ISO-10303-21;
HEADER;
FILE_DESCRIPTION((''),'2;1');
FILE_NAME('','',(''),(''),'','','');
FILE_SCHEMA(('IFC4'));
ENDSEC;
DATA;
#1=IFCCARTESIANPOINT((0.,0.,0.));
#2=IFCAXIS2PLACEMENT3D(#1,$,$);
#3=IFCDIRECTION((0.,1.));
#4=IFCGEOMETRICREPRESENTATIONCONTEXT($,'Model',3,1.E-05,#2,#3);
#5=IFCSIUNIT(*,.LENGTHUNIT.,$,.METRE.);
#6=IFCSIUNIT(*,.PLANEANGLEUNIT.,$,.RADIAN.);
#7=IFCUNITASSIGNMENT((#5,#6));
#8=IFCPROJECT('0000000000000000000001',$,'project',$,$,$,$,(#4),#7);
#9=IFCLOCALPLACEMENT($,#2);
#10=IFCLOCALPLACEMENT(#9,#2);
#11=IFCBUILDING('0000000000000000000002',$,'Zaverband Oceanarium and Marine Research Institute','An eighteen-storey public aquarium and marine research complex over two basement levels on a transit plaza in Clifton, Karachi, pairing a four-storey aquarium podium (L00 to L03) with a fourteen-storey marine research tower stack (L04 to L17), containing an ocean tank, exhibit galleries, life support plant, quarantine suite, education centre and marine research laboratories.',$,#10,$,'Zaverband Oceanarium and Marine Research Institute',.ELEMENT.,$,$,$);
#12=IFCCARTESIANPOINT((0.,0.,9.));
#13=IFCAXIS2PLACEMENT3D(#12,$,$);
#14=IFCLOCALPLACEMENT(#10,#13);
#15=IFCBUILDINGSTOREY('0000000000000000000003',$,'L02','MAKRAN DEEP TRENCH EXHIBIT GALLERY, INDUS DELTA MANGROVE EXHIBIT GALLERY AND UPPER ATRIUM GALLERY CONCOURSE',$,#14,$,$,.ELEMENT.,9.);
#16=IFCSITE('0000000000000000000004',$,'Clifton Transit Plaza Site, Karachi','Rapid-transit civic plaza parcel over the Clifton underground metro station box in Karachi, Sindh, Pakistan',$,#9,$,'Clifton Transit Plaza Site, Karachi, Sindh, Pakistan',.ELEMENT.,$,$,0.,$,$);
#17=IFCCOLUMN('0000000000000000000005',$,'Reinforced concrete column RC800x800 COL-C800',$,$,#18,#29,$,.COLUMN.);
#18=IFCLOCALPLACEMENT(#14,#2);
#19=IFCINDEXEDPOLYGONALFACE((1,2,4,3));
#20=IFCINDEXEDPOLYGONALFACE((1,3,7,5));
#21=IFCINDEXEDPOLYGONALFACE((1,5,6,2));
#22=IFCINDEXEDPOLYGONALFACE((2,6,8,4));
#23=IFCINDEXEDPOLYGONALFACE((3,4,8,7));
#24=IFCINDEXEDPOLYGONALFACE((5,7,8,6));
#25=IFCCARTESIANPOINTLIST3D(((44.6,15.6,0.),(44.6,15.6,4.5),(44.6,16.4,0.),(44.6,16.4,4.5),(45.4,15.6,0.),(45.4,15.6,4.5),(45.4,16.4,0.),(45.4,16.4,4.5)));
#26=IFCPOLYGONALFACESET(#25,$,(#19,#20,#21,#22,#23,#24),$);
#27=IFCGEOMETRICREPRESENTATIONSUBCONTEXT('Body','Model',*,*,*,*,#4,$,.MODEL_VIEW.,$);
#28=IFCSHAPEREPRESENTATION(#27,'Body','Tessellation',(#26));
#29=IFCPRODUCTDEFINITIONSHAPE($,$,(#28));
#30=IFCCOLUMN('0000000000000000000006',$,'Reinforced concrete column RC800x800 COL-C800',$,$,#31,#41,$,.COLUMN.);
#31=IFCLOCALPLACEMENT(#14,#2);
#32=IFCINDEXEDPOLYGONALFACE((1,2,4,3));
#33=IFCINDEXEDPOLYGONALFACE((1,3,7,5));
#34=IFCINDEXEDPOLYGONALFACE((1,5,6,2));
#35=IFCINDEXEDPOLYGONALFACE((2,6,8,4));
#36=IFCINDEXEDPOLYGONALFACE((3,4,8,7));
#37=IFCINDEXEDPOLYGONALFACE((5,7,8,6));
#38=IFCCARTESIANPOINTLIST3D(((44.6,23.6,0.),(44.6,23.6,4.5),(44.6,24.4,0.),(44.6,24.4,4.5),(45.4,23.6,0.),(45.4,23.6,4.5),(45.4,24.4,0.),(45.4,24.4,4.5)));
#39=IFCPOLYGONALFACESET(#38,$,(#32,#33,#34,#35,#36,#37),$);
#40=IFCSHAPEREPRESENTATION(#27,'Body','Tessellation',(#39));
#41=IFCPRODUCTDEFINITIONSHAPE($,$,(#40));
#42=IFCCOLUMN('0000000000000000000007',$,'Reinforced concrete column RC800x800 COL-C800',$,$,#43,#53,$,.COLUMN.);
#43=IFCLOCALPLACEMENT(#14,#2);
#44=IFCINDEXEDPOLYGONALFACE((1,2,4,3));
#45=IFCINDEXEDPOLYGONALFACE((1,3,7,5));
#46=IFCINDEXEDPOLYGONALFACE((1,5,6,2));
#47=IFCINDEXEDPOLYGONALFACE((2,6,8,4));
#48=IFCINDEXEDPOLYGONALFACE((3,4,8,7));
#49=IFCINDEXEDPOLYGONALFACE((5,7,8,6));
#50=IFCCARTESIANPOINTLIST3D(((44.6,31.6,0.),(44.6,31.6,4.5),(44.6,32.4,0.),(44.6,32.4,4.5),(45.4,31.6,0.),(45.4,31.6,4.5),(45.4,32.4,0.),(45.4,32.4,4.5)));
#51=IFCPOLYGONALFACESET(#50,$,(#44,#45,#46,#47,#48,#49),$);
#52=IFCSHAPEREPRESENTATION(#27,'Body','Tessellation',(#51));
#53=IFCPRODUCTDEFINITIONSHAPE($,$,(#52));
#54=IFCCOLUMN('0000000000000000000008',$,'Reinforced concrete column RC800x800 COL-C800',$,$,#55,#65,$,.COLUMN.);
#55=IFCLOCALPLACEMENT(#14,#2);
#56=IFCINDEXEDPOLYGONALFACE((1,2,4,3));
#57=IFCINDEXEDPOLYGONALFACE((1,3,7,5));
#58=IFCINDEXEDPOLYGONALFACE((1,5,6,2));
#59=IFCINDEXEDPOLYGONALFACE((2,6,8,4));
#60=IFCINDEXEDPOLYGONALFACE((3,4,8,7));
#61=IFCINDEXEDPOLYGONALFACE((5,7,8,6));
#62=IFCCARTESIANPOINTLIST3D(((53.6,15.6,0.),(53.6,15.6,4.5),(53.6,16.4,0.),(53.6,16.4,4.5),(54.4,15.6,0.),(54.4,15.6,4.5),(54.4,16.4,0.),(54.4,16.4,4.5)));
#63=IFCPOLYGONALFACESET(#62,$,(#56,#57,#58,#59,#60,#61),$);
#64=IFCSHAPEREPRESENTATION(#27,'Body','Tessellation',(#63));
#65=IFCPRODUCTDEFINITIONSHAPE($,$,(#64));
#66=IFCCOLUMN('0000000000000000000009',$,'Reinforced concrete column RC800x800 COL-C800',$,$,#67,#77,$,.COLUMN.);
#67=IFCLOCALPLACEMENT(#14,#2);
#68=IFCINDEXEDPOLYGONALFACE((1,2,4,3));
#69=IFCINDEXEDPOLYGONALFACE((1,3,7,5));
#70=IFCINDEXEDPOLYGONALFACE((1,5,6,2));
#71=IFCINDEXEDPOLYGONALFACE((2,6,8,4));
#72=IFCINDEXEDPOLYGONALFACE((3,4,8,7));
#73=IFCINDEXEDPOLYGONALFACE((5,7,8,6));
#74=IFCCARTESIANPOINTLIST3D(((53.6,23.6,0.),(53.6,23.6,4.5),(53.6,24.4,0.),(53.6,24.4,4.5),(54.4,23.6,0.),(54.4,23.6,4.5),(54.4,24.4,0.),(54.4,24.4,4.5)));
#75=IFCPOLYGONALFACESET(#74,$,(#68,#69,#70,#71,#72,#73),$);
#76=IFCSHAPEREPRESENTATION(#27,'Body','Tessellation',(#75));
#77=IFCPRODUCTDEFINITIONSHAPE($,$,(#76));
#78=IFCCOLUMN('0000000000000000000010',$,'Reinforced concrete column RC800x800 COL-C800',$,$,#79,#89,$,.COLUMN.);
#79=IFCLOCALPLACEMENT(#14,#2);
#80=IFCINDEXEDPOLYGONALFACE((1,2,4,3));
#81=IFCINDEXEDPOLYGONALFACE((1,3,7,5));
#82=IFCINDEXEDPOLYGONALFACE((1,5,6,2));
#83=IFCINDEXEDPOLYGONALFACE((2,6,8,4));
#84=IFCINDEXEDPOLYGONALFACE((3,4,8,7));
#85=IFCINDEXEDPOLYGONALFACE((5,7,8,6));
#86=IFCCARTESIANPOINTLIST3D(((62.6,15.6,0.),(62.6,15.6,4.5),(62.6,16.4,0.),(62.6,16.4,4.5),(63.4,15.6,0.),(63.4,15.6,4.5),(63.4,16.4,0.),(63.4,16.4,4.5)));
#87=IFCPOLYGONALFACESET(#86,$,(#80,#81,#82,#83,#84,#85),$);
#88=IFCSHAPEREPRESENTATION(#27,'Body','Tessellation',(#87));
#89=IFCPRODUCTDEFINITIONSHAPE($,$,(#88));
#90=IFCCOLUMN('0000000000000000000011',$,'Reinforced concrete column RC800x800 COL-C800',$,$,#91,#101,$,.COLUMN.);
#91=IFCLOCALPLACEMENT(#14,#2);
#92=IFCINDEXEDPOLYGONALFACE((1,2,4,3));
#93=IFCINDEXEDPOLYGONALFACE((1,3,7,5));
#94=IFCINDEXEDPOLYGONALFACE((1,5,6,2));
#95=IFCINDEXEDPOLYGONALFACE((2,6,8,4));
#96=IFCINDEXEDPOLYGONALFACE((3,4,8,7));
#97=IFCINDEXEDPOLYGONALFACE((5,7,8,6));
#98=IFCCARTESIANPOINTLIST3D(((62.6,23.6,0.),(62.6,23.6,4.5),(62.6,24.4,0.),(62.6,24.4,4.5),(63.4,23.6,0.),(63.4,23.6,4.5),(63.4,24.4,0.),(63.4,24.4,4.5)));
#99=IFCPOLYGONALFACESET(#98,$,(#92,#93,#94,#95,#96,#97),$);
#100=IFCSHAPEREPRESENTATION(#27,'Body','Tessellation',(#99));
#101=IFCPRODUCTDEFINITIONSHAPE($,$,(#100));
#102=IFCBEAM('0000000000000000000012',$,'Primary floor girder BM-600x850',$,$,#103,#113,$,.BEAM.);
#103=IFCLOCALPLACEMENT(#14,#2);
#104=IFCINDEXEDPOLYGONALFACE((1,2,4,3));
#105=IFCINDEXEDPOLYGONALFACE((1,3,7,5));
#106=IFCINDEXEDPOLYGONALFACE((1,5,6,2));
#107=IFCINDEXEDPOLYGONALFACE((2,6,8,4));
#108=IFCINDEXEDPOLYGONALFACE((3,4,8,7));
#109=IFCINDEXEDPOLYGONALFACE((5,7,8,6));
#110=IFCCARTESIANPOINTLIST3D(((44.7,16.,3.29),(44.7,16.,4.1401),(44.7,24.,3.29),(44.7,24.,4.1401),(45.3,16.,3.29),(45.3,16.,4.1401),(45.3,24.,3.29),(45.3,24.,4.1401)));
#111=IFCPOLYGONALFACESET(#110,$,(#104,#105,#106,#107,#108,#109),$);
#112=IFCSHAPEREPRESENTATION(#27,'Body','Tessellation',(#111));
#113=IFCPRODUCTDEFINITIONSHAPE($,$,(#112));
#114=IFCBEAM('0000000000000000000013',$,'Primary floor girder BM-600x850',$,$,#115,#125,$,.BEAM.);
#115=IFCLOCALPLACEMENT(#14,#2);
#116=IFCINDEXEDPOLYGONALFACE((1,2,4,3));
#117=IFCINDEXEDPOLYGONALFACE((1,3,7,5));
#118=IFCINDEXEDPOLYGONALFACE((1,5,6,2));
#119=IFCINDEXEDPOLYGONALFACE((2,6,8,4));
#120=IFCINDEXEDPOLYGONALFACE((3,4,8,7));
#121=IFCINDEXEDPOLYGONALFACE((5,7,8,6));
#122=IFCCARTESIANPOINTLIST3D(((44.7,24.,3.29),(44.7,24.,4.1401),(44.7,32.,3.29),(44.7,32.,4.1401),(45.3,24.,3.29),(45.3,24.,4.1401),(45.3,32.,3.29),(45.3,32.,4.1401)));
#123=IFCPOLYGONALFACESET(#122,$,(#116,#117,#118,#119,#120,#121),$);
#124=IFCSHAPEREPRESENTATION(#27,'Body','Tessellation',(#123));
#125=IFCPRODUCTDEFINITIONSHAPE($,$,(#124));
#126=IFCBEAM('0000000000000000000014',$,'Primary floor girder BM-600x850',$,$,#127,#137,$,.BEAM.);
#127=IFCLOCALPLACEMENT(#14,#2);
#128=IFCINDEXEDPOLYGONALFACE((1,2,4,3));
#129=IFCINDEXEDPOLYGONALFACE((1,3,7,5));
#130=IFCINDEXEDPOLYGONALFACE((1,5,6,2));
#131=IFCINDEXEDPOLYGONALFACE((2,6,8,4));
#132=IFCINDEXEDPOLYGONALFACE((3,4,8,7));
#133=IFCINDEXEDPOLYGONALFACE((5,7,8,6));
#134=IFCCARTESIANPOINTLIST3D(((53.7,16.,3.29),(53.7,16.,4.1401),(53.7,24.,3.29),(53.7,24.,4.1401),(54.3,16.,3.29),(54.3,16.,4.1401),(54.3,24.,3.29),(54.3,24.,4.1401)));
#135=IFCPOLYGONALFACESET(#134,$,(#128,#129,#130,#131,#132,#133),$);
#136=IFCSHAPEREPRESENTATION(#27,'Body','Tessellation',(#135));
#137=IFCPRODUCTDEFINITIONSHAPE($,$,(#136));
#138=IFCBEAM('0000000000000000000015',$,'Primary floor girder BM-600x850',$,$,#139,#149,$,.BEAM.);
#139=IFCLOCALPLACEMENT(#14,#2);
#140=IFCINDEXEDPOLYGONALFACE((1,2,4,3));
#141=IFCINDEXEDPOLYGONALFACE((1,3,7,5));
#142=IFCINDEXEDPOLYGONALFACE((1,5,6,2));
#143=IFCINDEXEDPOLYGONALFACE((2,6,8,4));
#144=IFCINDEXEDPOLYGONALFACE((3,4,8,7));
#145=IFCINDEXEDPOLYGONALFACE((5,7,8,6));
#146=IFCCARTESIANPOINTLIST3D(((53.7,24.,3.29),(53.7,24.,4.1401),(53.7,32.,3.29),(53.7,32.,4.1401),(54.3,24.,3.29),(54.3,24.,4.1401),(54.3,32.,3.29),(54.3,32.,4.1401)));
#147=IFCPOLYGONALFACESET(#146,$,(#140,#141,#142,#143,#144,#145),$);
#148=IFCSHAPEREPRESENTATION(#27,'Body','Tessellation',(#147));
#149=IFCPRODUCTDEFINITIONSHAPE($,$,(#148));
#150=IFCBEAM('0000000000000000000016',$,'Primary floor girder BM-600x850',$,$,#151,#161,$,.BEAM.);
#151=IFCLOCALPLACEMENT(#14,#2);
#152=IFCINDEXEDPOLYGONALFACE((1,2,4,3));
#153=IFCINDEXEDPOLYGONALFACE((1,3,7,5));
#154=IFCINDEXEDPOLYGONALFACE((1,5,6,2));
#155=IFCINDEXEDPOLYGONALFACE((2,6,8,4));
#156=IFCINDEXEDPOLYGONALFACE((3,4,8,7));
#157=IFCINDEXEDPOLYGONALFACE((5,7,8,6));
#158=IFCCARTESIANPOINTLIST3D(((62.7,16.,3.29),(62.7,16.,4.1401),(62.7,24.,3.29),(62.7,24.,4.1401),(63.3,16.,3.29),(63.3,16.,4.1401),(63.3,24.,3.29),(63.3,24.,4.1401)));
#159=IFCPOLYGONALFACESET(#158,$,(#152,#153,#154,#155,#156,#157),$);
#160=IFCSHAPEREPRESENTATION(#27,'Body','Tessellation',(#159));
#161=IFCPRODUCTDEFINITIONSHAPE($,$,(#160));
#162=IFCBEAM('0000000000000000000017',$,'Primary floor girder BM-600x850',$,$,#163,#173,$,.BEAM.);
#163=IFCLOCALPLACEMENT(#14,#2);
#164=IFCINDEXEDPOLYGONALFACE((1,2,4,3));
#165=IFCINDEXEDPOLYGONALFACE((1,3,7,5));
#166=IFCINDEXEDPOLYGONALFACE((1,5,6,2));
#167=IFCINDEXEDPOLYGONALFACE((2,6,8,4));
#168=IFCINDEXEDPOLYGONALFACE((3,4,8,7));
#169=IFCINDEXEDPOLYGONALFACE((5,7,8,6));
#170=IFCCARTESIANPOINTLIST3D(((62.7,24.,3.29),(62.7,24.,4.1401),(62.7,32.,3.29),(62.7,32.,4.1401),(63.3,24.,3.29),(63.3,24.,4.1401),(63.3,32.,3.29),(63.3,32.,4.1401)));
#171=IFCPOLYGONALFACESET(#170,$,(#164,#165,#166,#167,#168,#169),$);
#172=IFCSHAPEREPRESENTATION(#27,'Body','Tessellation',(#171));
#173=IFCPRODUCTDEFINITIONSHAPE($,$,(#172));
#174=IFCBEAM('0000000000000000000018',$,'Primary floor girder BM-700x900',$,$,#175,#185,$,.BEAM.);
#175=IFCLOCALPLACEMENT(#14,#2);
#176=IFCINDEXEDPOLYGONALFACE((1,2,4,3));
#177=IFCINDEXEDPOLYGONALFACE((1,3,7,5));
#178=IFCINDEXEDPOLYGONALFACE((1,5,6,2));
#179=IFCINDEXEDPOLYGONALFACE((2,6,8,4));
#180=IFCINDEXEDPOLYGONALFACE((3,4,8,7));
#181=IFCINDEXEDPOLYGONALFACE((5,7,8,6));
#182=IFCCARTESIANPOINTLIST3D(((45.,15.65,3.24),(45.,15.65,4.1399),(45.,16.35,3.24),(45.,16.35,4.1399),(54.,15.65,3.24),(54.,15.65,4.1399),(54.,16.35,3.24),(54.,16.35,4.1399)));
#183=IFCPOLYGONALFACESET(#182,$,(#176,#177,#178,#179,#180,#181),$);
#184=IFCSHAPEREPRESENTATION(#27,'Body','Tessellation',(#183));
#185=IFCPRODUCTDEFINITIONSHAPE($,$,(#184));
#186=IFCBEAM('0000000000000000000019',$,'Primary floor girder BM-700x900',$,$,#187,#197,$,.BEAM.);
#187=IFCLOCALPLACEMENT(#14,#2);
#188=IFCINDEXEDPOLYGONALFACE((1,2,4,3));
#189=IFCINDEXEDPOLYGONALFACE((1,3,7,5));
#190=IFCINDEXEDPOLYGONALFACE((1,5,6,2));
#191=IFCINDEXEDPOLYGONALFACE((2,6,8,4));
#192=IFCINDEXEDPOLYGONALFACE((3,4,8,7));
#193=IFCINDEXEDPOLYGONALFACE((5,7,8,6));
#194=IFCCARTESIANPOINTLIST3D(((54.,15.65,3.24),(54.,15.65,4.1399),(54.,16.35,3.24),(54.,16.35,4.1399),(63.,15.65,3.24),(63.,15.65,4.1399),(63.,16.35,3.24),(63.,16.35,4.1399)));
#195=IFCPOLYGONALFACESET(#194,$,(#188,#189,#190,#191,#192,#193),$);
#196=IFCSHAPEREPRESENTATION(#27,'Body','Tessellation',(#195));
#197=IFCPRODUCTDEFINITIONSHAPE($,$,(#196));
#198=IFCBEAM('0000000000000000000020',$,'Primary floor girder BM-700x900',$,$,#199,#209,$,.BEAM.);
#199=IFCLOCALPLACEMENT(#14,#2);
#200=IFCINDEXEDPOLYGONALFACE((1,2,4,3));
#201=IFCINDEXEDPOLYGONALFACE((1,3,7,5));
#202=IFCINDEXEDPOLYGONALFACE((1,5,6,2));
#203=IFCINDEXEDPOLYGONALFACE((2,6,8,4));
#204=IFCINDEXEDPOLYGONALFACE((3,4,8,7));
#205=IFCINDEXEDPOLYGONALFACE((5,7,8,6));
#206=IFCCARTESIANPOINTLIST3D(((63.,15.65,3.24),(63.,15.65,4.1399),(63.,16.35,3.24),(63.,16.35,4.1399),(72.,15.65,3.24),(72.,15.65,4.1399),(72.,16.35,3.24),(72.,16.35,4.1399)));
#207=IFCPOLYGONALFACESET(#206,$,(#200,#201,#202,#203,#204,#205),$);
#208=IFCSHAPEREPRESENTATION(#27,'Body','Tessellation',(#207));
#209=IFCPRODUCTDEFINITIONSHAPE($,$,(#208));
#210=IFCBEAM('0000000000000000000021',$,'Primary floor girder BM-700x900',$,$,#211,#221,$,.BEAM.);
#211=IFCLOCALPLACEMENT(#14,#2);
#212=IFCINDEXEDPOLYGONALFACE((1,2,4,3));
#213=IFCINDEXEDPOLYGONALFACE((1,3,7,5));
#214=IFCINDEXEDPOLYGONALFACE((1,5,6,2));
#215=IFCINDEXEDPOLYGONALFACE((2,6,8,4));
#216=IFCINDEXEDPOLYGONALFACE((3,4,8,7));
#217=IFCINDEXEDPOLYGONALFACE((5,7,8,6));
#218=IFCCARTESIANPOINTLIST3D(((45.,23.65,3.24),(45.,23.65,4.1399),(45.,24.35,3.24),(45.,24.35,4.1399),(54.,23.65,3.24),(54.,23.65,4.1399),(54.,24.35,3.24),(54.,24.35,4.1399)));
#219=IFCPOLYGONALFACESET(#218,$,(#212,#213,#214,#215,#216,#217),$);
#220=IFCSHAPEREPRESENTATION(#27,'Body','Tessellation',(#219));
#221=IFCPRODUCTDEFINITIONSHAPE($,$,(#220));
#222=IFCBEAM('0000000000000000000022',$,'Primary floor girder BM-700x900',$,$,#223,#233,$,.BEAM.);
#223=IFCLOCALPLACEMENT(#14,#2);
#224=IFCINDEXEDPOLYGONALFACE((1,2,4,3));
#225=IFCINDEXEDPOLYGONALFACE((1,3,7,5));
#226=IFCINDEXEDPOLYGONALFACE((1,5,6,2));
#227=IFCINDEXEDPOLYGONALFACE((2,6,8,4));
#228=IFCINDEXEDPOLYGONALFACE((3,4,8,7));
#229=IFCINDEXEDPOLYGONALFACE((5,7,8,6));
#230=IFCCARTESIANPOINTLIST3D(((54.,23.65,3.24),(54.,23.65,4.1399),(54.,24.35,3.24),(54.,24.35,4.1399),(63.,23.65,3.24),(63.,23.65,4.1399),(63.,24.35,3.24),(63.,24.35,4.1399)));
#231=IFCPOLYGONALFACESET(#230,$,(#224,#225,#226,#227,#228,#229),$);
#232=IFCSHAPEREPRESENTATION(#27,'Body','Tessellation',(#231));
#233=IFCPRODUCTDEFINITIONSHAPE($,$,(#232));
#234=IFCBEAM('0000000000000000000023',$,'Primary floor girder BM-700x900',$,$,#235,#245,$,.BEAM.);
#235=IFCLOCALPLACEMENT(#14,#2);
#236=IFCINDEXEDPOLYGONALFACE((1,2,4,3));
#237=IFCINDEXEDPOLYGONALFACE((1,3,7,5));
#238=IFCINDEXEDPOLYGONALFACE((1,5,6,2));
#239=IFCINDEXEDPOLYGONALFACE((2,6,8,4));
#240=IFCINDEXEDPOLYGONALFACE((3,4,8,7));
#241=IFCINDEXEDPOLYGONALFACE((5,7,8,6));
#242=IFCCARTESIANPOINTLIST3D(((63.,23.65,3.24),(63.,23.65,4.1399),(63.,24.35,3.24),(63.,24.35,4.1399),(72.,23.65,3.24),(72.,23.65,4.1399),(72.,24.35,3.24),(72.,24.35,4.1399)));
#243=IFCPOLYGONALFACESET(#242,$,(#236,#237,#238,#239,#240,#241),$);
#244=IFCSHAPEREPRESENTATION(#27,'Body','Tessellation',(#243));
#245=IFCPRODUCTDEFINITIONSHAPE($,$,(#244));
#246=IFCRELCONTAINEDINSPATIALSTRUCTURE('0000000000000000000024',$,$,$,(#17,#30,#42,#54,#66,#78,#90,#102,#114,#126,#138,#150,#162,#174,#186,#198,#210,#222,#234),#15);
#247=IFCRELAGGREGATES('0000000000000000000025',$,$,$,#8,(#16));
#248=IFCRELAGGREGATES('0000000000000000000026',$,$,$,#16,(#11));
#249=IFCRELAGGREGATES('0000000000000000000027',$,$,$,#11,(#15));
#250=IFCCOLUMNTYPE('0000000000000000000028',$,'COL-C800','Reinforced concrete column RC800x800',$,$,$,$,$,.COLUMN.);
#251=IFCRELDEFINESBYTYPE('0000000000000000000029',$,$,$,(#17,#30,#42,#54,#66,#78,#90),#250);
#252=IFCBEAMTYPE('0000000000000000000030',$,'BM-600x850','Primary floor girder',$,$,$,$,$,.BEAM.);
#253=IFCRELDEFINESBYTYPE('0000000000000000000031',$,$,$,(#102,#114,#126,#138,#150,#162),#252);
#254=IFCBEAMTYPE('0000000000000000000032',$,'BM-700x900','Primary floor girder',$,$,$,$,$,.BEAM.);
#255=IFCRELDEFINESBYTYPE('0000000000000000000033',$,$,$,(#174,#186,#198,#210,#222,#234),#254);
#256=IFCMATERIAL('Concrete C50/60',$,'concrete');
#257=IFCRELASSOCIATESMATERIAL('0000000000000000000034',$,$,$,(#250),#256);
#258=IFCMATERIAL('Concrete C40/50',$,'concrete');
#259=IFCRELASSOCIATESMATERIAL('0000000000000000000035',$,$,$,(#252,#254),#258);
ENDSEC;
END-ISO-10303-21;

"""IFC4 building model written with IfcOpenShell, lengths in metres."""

from ifc_helpers import new_model, si_unit, direction, frame, origin, origin_2d, place, context, subcontext, project, spatial, rectangle, extrude, material, material_profile, profile_set, type_object, element, save


model = new_model("IFC4")

# Units and contexts
model_context = context("Model", 3, precision=1e-05, world=origin(), true_north=direction((0.0, 1.0)))
body_context = subcontext(model_context, "Body", "Model", "MODEL_VIEW")
ifc_project = project(units=[si_unit("LENGTHUNIT", "METRE"), si_unit("PLANEANGLEUNIT", "RADIAN")], contexts=[model_context])

# Site, building, storey
site_placement = place(None, origin())
site = spatial("IfcSite", under=ifc_project, at=site_placement, Name="Clifton Transit Plaza Site, Karachi", Description="Rapid-transit civic plaza parcel over the Clifton underground metro station box in Karachi, Sindh, Pakistan", LongName="Clifton Transit Plaza Site, Karachi, Sindh, Pakistan", CompositionType="ELEMENT", RefElevation=0.0)
building_placement = place(site_placement, origin())
building = spatial("IfcBuilding", under=site, at=building_placement, Name="Zaverband Oceanarium and Marine Research Institute", Description="An eighteen-storey public aquarium and marine research complex over two basement levels on a transit plaza in Clifton, Karachi, pairing a four-storey aquarium podium (L00 to L03) with a fourteen-storey marine research tower stack (L04 to L17), containing an ocean tank, exhibit galleries, life support plant, quarantine suite, education centre and marine research laboratories.", LongName="Zaverband Oceanarium and Marine Research Institute", CompositionType="ELEMENT")
storey_placement = place(building_placement, frame((0.0, 0.0, 9.0)))
storey = spatial("IfcBuildingStorey", under=building, at=storey_placement, Name="L02", Description="MAKRAN DEEP TRENCH EXHIBIT GALLERY, INDUS DELTA MANGROVE EXHIBIT GALLERY AND UPPER ATRIUM GALLERY CONCOURSE", CompositionType="ELEMENT", Elevation=9.0)

# Columns
ifc_material_1 = material(Name="Concrete C50/60", Category="concrete")
ifc_material_profile_1 = material_profile(ifc_material_1, rectangle(XDim=0.8, YDim=0.8, at=origin_2d()), Name="RC800x800")
ifc_profile_set_1 = profile_set([ifc_material_profile_1], Name="Concrete C50/60")
column_type = type_object("IfcColumnType", Name="COL-C800", Description="Reinforced concrete column RC800x800", PredefinedType="COLUMN", material=ifc_profile_set_1)
for number, where, z_axis, x_axis, name in (
    (1, (45.0, 16.0, 0.0), (0.0, 0.0, 1.0), (1.0, 0.0, 0.0), "Reinforced concrete column RC800x800 COL-C800"),
    (2, (45.0, 24.0, 0.0), (0.0, 0.0, 1.0), (1.0, 0.0, 0.0), "Reinforced concrete column RC800x800 COL-C800"),
    (3, (45.0, 32.0, 0.0), (0.0, 0.0, 1.0), (1.0, 0.0, 0.0), "Reinforced concrete column RC800x800 COL-C800"),
    (4, (54.0, 16.0, 0.0), (0.0, 0.0, 1.0), (1.0, 0.0, 0.0), "Reinforced concrete column RC800x800 COL-C800"),
    (5, (54.0, 24.0, 0.0), (0.0, 0.0, 1.0), (1.0, 0.0, 0.0), "Reinforced concrete column RC800x800 COL-C800"),
    (6, (63.0, 16.0, 0.0), (0.0, 0.0, 1.0), (1.0, 0.0, 0.0), "Reinforced concrete column RC800x800 COL-C800"),
    (7, (63.0, 24.0, 0.0), (0.0, 0.0, 1.0), (1.0, 0.0, 0.0), "Reinforced concrete column RC800x800 COL-C800"),
):
    element("IfcColumn", number, at=place(storey_placement, frame(where, z_axis=z_axis, x_axis=x_axis)), inside=storey, type_object=column_type, Name=name, PredefinedType="COLUMN", context=body_context, shape_type="SweptSolid", body=[
        extrude(rectangle(XDim=0.8, YDim=0.8, at=origin_2d()), origin(), (0.0, 0.0, 1.0), 4.5),
    ])

# Beams
ifc_material_2 = material(Name="Concrete C40/50", Category="concrete")
ifc_material_profile_2 = material_profile(ifc_material_2, rectangle(XDim=0.6001, YDim=0.8501, at=origin_2d()), Name="RC600x850")
ifc_profile_set_2 = profile_set([ifc_material_profile_2], Name="Concrete C40/50")
beam_type_1 = type_object("IfcBeamType", Name="BM-600x850", Description="Primary floor girder", PredefinedType="BEAM", material=ifc_profile_set_2)
for number, where, z_axis, x_axis, name in (
    (8, (45.0, 16.0, 3.7151), (0.0, 1.0, 0.0), (-1.0, 0.0, 0.0), "Primary floor girder BM-600x850"),
    (9, (45.0, 24.0, 3.7151), (0.0, 1.0, 0.0), (-1.0, 0.0, 0.0), "Primary floor girder BM-600x850"),
    (10, (54.0, 16.0, 3.7151), (0.0, 1.0, 0.0), (-1.0, 0.0, 0.0), "Primary floor girder BM-600x850"),
    (11, (54.0, 24.0, 3.7151), (0.0, 1.0, 0.0), (-1.0, 0.0, 0.0), "Primary floor girder BM-600x850"),
    (12, (63.0, 16.0, 3.7151), (0.0, 1.0, 0.0), (-1.0, 0.0, 0.0), "Primary floor girder BM-600x850"),
    (13, (63.0, 24.0, 3.7151), (0.0, 1.0, 0.0), (-1.0, 0.0, 0.0), "Primary floor girder BM-600x850"),
):
    element("IfcBeam", number, at=place(storey_placement, frame(where, z_axis=z_axis, x_axis=x_axis)), inside=storey, type_object=beam_type_1, Name=name, PredefinedType="BEAM", context=body_context, shape_type="SweptSolid", body=[
        extrude(rectangle(XDim=0.6001, YDim=0.8501, at=origin_2d()), origin(), (0.0, 0.0, 1.0), 8.0),
    ])
ifc_material_profile_3 = material_profile(ifc_material_2, rectangle(XDim=0.7, YDim=0.8999, at=origin_2d()), Name="RC700x900")
ifc_profile_set_3 = profile_set([ifc_material_profile_3], Name="Concrete C40/50")
beam_type_2 = type_object("IfcBeamType", Name="BM-700x900", Description="Primary floor girder", PredefinedType="BEAM", material=ifc_profile_set_3)
for number, where, z_axis, x_axis, name in (
    (14, (45.0, 16.0, 3.6899), (1.0, 0.0, 0.0), (0.0, 1.0, 0.0), "Primary floor girder BM-700x900"),
    (15, (54.0, 16.0, 3.6899), (1.0, 0.0, 0.0), (0.0, 1.0, 0.0), "Primary floor girder BM-700x900"),
    (16, (63.0, 16.0, 3.6899), (1.0, 0.0, 0.0), (0.0, 1.0, 0.0), "Primary floor girder BM-700x900"),
    (17, (45.0, 24.0, 3.6899), (1.0, 0.0, 0.0), (0.0, 1.0, 0.0), "Primary floor girder BM-700x900"),
    (18, (54.0, 24.0, 3.6899), (1.0, 0.0, 0.0), (0.0, 1.0, 0.0), "Primary floor girder BM-700x900"),
    (19, (63.0, 24.0, 3.6899), (1.0, 0.0, 0.0), (0.0, 1.0, 0.0), "Primary floor girder BM-700x900"),
):
    element("IfcBeam", number, at=place(storey_placement, frame(where, z_axis=z_axis, x_axis=x_axis)), inside=storey, type_object=beam_type_2, Name=name, PredefinedType="BEAM", context=body_context, shape_type="SweptSolid", body=[
        extrude(rectangle(XDim=0.7, YDim=0.8999, at=origin_2d()), origin(), (0.0, 0.0, 1.0), 9.0),
    ])

save(model, "model.ifc")
